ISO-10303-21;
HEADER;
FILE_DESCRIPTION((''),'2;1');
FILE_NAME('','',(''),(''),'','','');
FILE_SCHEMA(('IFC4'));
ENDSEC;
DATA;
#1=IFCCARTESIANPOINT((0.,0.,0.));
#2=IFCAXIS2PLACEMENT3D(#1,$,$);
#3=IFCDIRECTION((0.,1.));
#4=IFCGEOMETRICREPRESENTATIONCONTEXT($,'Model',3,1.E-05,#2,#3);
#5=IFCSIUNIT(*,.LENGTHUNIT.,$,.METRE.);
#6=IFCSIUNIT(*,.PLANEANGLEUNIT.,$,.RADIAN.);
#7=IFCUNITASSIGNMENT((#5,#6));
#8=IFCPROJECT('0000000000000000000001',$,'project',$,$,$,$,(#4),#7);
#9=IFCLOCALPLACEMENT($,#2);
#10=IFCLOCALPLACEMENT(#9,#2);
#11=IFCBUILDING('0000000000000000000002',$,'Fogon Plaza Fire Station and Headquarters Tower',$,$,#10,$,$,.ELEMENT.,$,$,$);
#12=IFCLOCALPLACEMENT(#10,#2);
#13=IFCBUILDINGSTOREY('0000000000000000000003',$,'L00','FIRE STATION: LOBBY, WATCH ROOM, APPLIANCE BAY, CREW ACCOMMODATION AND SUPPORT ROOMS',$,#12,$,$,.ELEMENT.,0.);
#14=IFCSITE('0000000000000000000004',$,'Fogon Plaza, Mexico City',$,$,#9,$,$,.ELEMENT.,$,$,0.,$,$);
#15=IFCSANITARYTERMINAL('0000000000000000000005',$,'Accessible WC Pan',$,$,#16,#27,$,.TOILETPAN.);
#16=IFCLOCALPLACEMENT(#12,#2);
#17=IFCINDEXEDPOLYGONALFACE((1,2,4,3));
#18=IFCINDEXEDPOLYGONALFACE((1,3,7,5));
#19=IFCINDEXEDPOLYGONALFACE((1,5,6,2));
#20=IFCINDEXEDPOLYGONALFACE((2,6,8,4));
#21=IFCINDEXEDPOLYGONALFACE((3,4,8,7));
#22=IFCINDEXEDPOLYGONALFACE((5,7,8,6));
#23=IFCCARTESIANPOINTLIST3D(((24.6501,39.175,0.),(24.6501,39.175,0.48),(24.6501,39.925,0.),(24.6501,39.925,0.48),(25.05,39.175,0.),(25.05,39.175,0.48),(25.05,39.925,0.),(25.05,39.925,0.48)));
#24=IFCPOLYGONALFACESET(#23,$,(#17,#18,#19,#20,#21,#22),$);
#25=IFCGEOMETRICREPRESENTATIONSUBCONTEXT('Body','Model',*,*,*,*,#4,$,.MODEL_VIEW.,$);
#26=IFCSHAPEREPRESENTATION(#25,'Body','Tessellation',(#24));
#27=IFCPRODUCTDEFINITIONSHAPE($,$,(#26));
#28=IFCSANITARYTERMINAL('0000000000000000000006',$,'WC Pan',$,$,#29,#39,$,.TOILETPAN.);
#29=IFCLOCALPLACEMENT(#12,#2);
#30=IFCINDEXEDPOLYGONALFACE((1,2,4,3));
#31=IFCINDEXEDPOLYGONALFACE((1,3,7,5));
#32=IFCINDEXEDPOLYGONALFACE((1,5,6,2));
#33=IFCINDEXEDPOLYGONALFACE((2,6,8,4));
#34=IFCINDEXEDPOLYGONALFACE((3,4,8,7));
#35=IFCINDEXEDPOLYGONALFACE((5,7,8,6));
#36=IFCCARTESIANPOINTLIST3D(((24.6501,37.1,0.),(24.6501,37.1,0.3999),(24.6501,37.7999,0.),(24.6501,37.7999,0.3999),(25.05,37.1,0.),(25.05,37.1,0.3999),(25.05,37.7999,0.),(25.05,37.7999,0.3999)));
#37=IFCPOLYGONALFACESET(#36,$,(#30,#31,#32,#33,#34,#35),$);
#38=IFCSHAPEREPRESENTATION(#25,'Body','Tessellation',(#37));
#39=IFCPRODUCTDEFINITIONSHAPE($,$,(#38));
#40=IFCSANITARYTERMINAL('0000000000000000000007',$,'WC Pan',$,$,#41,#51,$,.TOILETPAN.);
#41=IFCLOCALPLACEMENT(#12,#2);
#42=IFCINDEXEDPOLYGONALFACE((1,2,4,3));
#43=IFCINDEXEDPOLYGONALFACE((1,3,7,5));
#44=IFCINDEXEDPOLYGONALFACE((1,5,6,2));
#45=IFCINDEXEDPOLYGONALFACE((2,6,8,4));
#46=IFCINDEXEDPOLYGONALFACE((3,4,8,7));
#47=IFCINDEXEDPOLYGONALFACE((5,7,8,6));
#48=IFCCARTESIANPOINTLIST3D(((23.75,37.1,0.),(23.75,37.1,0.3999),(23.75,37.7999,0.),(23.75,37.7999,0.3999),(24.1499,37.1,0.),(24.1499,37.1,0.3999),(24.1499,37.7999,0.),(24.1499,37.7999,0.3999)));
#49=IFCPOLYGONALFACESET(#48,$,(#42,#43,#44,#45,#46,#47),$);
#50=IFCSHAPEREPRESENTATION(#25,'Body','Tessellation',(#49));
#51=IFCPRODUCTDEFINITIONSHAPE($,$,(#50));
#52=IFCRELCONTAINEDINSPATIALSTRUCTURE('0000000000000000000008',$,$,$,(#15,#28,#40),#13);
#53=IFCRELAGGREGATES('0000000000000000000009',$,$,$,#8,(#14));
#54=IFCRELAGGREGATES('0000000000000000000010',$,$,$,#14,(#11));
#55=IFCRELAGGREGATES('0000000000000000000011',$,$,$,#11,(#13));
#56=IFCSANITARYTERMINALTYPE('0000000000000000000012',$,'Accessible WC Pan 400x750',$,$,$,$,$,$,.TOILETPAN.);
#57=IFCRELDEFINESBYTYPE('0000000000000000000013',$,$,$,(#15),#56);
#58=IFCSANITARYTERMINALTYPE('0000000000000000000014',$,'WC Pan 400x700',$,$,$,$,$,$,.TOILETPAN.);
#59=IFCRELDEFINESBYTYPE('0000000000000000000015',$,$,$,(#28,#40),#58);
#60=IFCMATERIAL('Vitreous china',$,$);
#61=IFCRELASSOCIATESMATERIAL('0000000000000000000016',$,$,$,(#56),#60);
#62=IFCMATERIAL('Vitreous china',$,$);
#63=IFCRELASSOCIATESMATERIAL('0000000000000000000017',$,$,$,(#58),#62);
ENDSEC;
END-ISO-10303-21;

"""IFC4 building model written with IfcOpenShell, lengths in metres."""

from ifc_helpers import new_model, si_unit, direction, frame, origin, origin_2d, place, context, subcontext, project, spatial, rectangle, extrude, material, type_object, element, save


model = new_model("IFC4")

# Units and contexts
model_context = context("Model", 3, precision=1e-05, world=origin(), true_north=direction((0.0, 1.0)))
body_context = subcontext(model_context, "Body", "Model", "MODEL_VIEW")
ifc_project = project(units=[si_unit("LENGTHUNIT", "METRE"), si_unit("PLANEANGLEUNIT", "RADIAN")], contexts=[model_context])

# Site, building, storey
site_placement = place(None, origin())
site = spatial("IfcSite", under=ifc_project, at=site_placement, Name="Fogon Plaza, Mexico City", CompositionType="ELEMENT", RefElevation=0.0)
building_placement = place(site_placement, origin())
building = spatial("IfcBuilding", under=site, at=building_placement, Name="Fogon Plaza Fire Station and Headquarters Tower", CompositionType="ELEMENT")
storey_placement = place(building_placement, origin())
storey = spatial("IfcBuildingStorey", under=building, at=storey_placement, Name="L00", Description="FIRE STATION: LOBBY, WATCH ROOM, APPLIANCE BAY, CREW ACCOMMODATION AND SUPPORT ROOMS", CompositionType="ELEMENT", Elevation=0.0)

# Sanitary terminals
ifc_material_1 = material(Name="Vitreous china")
sanitary_terminal_type_1 = type_object("IfcSanitaryTerminalType", Name="Accessible WC Pan 400x750", PredefinedType="TOILETPAN", material=ifc_material_1)
sanitary_terminal_1_placement = place(storey_placement, frame((24.8501, 39.55, 0.0), z_axis=(0.0, 0.0, 1.0), x_axis=(1.0, 0.0, 0.0)))
element("IfcSanitaryTerminal", 1, at=sanitary_terminal_1_placement, inside=storey, type_object=sanitary_terminal_type_1, Name="Accessible WC Pan", PredefinedType="TOILETPAN", context=body_context, shape_type="SweptSolid", body=[
    extrude(rectangle(XDim=0.3999, YDim=0.75, at=origin_2d()), origin(), (0.0, 0.0, 1.0), 0.48),
])
ifc_material_2 = material(Name="Vitreous china")
sanitary_terminal_type_2 = type_object("IfcSanitaryTerminalType", Name="WC Pan 400x700", PredefinedType="TOILETPAN", material=ifc_material_2)
for number, where, z_axis, x_axis, name in (
    (2, (24.8501, 37.45, 0.0), (0.0, 0.0, 1.0), (1.0, 0.0, 0.0), "WC Pan"),
    (3, (23.95, 37.45, 0.0), (0.0, 0.0, 1.0), (1.0, 0.0, 0.0), "WC Pan"),
):
    element("IfcSanitaryTerminal", number, at=place(storey_placement, frame(where, z_axis=z_axis, x_axis=x_axis)), inside=storey, type_object=sanitary_terminal_type_2, Name=name, PredefinedType="TOILETPAN", context=body_context, shape_type="SweptSolid", body=[
        extrude(rectangle(XDim=0.3999, YDim=0.7, at=origin_2d()), origin(), (0.0, 0.0, 1.0), 0.3999),
    ])

save(model, "model.ifc")
